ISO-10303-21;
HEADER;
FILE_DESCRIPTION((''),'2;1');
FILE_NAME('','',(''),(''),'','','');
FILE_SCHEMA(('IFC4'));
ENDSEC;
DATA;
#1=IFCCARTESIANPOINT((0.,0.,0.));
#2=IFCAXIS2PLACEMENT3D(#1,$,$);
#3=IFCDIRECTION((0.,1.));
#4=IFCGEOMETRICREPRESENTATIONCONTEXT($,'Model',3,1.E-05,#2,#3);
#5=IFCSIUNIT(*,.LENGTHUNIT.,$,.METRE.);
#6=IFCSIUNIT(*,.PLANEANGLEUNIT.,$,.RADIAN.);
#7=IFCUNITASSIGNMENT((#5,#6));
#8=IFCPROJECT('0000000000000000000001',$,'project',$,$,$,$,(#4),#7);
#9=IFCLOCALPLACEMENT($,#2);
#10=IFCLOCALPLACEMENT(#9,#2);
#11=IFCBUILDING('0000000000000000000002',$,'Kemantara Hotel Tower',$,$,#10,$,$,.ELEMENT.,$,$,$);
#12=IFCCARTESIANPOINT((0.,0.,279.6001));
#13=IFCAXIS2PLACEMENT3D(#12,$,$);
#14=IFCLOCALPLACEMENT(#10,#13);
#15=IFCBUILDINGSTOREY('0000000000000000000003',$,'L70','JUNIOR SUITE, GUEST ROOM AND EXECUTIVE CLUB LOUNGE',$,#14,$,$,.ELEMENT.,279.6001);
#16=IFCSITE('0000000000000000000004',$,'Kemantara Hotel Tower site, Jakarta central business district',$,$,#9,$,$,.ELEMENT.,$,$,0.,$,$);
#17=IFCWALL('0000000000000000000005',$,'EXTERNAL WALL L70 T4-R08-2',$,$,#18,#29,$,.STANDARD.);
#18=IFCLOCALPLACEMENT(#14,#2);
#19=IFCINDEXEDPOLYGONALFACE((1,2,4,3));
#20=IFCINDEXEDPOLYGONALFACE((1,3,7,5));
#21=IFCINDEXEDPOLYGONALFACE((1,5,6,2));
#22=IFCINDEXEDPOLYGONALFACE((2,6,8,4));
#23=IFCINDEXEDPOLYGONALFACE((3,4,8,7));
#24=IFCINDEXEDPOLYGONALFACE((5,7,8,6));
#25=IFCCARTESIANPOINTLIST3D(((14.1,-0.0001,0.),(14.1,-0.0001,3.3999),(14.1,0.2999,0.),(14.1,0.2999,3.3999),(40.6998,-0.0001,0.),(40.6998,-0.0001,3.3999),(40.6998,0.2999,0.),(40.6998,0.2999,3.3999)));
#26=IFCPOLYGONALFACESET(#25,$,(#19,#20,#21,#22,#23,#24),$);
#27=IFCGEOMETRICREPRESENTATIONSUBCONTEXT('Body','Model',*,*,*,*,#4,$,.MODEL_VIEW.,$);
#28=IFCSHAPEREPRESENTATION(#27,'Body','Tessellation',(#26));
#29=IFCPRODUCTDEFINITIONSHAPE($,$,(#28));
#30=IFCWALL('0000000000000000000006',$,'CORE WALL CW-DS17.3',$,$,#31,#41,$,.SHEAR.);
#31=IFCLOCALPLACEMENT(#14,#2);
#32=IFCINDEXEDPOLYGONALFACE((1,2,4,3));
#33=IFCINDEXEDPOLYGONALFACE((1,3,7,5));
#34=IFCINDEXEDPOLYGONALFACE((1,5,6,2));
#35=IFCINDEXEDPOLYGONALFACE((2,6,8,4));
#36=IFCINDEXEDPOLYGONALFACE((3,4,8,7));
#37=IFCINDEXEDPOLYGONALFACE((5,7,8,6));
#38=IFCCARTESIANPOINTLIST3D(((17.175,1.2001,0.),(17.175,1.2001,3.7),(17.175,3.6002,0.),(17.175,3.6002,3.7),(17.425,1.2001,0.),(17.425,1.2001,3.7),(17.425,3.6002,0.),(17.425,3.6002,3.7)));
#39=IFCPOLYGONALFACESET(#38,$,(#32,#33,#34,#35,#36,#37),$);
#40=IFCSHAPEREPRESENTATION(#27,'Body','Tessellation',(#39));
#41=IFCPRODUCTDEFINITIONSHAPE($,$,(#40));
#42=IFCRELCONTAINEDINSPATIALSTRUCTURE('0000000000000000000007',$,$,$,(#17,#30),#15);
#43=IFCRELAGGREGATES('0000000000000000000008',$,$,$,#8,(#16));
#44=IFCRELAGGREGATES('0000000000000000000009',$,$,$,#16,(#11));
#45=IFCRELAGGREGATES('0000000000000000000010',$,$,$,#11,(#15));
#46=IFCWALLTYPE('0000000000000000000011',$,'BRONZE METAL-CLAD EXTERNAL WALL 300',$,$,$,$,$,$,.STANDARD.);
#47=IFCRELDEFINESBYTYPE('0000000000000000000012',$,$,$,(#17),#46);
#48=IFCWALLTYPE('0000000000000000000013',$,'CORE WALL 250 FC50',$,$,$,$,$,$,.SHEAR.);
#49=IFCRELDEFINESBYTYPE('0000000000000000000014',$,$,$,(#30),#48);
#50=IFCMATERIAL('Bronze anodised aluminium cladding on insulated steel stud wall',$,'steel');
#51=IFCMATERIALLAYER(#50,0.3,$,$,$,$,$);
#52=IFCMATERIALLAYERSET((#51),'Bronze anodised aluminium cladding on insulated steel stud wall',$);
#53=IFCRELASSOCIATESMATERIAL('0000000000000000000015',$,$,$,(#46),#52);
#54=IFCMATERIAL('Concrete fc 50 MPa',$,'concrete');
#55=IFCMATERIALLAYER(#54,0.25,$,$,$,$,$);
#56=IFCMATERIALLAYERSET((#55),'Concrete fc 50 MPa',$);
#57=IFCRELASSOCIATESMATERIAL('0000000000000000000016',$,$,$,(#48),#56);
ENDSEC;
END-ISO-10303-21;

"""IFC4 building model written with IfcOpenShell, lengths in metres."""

from ifc_helpers import new_model, si_unit, direction, frame, frame_2d, origin, place, context, subcontext, project, spatial, rectangle, extrude, material, layer, layer_set, type_object, element, save


model = new_model("IFC4")

# Units and contexts
model_context = context("Model", 3, precision=1e-05, world=origin(), true_north=direction((0.0, 1.0)))
body_context = subcontext(model_context, "Body", "Model", "MODEL_VIEW")
ifc_project = project(units=[si_unit("LENGTHUNIT", "METRE"), si_unit("PLANEANGLEUNIT", "RADIAN")], contexts=[model_context])

# Site, building, storey
site_placement = place(None, origin())
site = spatial("IfcSite", under=ifc_project, at=site_placement, Name="Kemantara Hotel Tower site, Jakarta central business district", CompositionType="ELEMENT", RefElevation=0.0)
building_placement = place(site_placement, origin())
building = spatial("IfcBuilding", under=site, at=building_placement, Name="Kemantara Hotel Tower", CompositionType="ELEMENT")
storey_placement = place(building_placement, frame((0.0, 0.0, 279.6001)))
storey = spatial("IfcBuildingStorey", under=building, at=storey_placement, Name="L70", Description="JUNIOR SUITE, GUEST ROOM AND EXECUTIVE CLUB LOUNGE", CompositionType="ELEMENT", Elevation=279.6001)

# Walls
ifc_material_1 = material(Name="Bronze anodised aluminium cladding on insulated steel stud wall", Category="steel")
ifc_layer_1 = layer(ifc_material_1, 0.3)
ifc_layer_set_1 = layer_set([ifc_layer_1], Name="Bronze anodised aluminium cladding on insulated steel stud wall")
wall_type_1 = type_object("IfcWallType", Name="BRONZE METAL-CLAD EXTERNAL WALL 300", PredefinedType="STANDARD", material=ifc_layer_set_1)
wall_1_placement = place(storey_placement, frame((14.1001, 0.1499, 0.0), z_axis=(0.0, 0.0, 1.0), x_axis=(1.0, 0.0, 0.0)))
element("IfcWall", 1, at=wall_1_placement, inside=storey, type_object=wall_type_1, Name="EXTERNAL WALL L70 T4-R08-2", PredefinedType="STANDARD", context=body_context, shape_type="SweptSolid", body=[
    extrude(rectangle(XDim=26.5999, YDim=0.3, at=frame_2d((13.2998, 0.0))), origin(), (0.0, 0.0, 1.0), 3.3999),
])
ifc_material_2 = material(Name="Concrete fc 50 MPa", Category="concrete")
ifc_layer_2 = layer(ifc_material_2, 0.25)
ifc_layer_set_2 = layer_set([ifc_layer_2], Name="Concrete fc 50 MPa")
wall_type_2 = type_object("IfcWallType", Name="CORE WALL 250 FC50", PredefinedType="SHEAR", material=ifc_layer_set_2)
wall_2_placement = place(storey_placement, frame((17.3, 1.2, 0.0), z_axis=(0.0, 0.0, 1.0), x_axis=(0.0, 1.0, 0.0)))
element("IfcWall", 2, at=wall_2_placement, inside=storey, type_object=wall_type_2, Name="CORE WALL CW-DS17.3", PredefinedType="SHEAR", context=body_context, shape_type="SweptSolid", body=[
    extrude(rectangle(XDim=2.4001, YDim=0.25, at=frame_2d((1.2002, 0.0))), origin(), (0.0, 0.0, 1.0), 3.7),
])

save(model, "model.ifc")
